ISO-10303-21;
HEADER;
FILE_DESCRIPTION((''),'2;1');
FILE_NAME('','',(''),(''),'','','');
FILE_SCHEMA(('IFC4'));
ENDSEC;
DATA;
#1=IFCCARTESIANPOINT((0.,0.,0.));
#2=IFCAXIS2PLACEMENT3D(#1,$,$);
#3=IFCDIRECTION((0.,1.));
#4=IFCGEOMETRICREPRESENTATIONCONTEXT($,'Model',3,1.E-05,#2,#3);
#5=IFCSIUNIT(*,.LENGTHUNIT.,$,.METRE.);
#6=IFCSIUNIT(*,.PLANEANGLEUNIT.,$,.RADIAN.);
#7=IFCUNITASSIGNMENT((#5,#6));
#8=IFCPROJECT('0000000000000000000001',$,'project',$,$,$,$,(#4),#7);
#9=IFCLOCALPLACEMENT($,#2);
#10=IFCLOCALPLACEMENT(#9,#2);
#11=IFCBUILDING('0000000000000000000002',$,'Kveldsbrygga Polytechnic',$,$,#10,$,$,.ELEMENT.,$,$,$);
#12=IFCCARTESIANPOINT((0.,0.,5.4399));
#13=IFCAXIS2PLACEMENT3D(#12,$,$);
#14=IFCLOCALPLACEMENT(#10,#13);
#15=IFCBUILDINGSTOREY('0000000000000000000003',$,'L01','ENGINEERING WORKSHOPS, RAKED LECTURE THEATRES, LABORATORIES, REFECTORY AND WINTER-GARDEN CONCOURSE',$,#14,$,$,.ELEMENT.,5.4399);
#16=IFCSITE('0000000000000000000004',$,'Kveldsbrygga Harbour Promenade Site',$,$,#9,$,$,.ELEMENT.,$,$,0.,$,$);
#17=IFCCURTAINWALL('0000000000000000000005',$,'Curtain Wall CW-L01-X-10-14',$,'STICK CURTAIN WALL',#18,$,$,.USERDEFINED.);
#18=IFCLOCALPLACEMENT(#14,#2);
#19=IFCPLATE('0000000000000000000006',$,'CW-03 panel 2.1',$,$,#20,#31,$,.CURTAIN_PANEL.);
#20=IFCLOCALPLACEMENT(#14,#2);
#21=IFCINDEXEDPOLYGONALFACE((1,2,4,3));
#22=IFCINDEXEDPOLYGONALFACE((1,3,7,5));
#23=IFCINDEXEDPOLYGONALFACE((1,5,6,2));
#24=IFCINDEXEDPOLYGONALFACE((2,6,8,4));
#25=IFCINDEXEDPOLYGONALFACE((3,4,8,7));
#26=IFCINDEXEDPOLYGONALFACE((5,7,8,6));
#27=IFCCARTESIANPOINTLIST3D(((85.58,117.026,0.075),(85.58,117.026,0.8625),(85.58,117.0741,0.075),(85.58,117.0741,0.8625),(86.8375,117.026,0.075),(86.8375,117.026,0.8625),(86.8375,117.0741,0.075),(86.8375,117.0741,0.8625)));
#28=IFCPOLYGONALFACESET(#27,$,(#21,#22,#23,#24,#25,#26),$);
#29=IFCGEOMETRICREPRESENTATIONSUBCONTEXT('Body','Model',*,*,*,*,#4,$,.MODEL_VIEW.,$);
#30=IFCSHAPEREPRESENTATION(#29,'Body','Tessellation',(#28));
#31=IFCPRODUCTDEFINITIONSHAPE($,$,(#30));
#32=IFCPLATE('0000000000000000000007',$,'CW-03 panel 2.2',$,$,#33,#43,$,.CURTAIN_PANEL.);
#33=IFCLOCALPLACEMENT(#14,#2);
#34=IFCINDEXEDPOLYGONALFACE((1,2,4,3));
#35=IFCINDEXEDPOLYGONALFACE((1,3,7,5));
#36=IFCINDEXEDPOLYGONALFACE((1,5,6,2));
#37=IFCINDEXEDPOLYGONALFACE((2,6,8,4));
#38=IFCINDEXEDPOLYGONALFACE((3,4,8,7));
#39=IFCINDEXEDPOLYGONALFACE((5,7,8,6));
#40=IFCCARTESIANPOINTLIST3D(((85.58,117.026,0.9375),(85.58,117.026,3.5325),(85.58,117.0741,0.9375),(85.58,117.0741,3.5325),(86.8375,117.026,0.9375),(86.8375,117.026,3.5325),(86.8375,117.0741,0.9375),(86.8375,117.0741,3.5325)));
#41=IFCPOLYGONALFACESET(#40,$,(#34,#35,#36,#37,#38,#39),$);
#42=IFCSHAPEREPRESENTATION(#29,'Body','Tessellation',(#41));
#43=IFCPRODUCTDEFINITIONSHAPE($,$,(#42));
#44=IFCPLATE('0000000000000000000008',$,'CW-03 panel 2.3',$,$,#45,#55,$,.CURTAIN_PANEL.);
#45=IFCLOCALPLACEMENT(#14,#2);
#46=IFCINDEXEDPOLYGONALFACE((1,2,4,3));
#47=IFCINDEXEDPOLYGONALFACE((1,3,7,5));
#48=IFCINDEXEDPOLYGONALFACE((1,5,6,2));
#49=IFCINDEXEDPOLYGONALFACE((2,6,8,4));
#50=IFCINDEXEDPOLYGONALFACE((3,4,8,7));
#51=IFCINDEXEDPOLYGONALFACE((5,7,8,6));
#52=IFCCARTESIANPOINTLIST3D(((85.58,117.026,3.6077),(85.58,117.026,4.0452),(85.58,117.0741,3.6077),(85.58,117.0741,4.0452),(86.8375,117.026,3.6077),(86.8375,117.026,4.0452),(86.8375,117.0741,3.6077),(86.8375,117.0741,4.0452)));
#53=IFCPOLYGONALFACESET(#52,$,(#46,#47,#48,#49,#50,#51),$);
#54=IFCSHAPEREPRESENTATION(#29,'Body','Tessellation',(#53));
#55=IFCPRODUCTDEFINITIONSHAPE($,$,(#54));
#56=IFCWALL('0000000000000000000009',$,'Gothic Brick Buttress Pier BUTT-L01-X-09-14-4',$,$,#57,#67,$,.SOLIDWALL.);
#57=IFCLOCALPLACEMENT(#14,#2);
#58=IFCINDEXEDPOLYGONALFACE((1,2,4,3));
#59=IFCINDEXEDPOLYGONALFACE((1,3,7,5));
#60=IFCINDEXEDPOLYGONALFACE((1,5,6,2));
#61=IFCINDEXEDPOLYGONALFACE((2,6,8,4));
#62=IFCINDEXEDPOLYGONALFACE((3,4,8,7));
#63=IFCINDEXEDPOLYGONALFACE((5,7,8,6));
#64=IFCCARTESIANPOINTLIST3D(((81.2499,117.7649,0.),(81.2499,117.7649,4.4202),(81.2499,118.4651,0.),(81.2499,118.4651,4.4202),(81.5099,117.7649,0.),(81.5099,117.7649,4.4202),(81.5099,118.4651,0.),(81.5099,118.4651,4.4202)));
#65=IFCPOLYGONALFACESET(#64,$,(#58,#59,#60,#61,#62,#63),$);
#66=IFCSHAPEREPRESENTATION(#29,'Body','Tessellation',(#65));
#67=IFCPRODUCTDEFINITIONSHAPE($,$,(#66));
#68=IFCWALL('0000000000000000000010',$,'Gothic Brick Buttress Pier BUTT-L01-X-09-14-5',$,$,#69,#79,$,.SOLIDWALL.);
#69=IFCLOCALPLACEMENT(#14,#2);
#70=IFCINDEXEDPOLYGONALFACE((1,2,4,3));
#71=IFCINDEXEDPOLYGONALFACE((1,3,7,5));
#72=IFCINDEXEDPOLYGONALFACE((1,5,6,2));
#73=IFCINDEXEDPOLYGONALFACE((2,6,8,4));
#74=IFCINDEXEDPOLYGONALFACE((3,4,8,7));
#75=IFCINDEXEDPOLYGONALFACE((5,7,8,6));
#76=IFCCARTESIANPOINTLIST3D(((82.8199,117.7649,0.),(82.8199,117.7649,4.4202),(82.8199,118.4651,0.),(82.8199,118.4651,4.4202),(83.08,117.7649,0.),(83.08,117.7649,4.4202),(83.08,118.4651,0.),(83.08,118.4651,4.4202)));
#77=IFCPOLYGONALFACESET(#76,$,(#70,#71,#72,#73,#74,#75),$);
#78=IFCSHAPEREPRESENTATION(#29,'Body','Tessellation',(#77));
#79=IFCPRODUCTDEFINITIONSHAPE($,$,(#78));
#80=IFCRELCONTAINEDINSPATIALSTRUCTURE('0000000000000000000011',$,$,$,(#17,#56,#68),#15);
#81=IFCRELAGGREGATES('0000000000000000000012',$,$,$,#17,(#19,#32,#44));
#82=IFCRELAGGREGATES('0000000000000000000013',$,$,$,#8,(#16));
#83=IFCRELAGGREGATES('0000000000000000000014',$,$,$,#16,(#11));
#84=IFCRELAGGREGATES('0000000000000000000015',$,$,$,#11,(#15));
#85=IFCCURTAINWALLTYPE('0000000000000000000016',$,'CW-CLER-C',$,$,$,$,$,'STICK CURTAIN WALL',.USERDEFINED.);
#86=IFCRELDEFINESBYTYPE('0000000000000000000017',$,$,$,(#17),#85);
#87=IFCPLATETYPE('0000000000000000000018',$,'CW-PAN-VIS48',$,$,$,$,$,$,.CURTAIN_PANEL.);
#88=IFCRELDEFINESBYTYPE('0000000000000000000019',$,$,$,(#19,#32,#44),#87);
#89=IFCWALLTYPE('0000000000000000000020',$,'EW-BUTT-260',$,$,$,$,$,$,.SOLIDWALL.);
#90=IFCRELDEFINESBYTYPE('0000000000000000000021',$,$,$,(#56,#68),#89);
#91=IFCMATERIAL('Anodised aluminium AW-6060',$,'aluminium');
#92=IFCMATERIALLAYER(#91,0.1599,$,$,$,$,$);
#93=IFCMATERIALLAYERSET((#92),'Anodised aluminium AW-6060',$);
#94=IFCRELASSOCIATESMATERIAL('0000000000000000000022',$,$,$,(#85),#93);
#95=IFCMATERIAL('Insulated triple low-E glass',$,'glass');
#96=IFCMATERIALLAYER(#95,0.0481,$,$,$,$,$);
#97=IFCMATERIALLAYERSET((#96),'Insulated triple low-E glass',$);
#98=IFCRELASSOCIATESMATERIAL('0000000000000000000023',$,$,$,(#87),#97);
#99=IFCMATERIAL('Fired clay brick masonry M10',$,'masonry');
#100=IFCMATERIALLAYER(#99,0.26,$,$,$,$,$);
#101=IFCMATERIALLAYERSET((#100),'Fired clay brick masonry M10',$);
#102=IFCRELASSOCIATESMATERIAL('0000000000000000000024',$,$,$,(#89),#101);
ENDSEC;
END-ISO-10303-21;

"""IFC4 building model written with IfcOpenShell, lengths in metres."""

from ifc_helpers import new_model, si_unit, direction, frame, frame_2d, origin, origin_2d, place, context, subcontext, project, spatial, rectangle, extrude, material, layer, layer_set, type_object, element, aggregate, save


model = new_model("IFC4")

# Units and contexts
model_context = context("Model", 3, precision=1e-05, world=origin(), true_north=direction((0.0, 1.0)))
body_context = subcontext(model_context, "Body", "Model", "MODEL_VIEW")
ifc_project = project(units=[si_unit("LENGTHUNIT", "METRE"), si_unit("PLANEANGLEUNIT", "RADIAN")], contexts=[model_context])

# Site, building, storey
site_placement = place(None, origin())
site = spatial("IfcSite", under=ifc_project, at=site_placement, Name="Kveldsbrygga Harbour Promenade Site", CompositionType="ELEMENT", RefElevation=0.0)
building_placement = place(site_placement, origin())
building = spatial("IfcBuilding", under=site, at=building_placement, Name="Kveldsbrygga Polytechnic", CompositionType="ELEMENT")
storey_placement = place(building_placement, frame((0.0, 0.0, 5.4399)))
storey = spatial("IfcBuildingStorey", under=building, at=storey_placement, Name="L01", Description="ENGINEERING WORKSHOPS, RAKED LECTURE THEATRES, LABORATORIES, REFECTORY AND WINTER-GARDEN CONCOURSE", CompositionType="ELEMENT", Elevation=5.4399)

# Curtain wall, plates
ifc_material_1 = material(Name="Anodised aluminium AW-6060", Category="aluminium")
ifc_layer_1 = layer(ifc_material_1, 0.1599)
ifc_layer_set_1 = layer_set([ifc_layer_1], Name="Anodised aluminium AW-6060")
curtain_wall_type = type_object("IfcCurtainWallType", Name="CW-CLER-C", ElementType="STICK CURTAIN WALL", PredefinedType="USERDEFINED", material=ifc_layer_set_1)
curtain_wall_placement = place(storey_placement, origin())
curtain_wall = element("IfcCurtainWall", 1, at=curtain_wall_placement, inside=storey, type_object=curtain_wall_type, Name="Curtain Wall CW-L01-X-10-14", ObjectType="STICK CURTAIN WALL", PredefinedType="USERDEFINED")
ifc_material_2 = material(Name="Insulated triple low-E glass", Category="glass")
ifc_layer_2 = layer(ifc_material_2, 0.0481)
ifc_layer_set_2 = layer_set([ifc_layer_2], Name="Insulated triple low-E glass")
plate_type = type_object("IfcPlateType", Name="CW-PAN-VIS48", PredefinedType="CURTAIN_PANEL", material=ifc_layer_set_2)
plate_1_placement = place(storey_placement, frame((86.2087, 117.05, 0.075), z_axis=(0.0, 0.0, 1.0), x_axis=(1.0, 0.0, 0.0)))
plate_1 = element("IfcPlate", 2, at=plate_1_placement, type_object=plate_type, Name="CW-03 panel 2.1", PredefinedType="CURTAIN_PANEL", context=body_context, shape_type="SweptSolid", body=[
    extrude(rectangle(XDim=1.2576, YDim=0.0481, at=origin_2d()), origin(), (0.0, 0.0, 1.0), 0.7876),
])
plate_2_placement = place(storey_placement, frame((86.2087, 117.05, 0.9375), z_axis=(0.0, 0.0, 1.0), x_axis=(1.0, 0.0, 0.0)))
plate_2 = element("IfcPlate", 3, at=plate_2_placement, type_object=plate_type, Name="CW-03 panel 2.2", PredefinedType="CURTAIN_PANEL", context=body_context, shape_type="SweptSolid", body=[
    extrude(rectangle(XDim=1.2576, YDim=0.0481, at=origin_2d()), origin(), (0.0, 0.0, 1.0), 2.595),
])
plate_3_placement = place(storey_placement, frame((86.2087, 117.05, 3.6077), z_axis=(0.0, 0.0, 1.0), x_axis=(1.0, 0.0, 0.0)))
plate_3 = element("IfcPlate", 4, at=plate_3_placement, type_object=plate_type, Name="CW-03 panel 2.3", PredefinedType="CURTAIN_PANEL", context=body_context, shape_type="SweptSolid", body=[
    extrude(rectangle(XDim=1.2576, YDim=0.0481, at=origin_2d()), origin(), (0.0, 0.0, 1.0), 0.4375),
])
aggregate(curtain_wall, [plate_1, plate_2, plate_3])

# Walls
ifc_material_3 = material(Name="Fired clay brick masonry M10", Category="masonry")
ifc_layer_3 = layer(ifc_material_3, 0.26)
ifc_layer_set_3 = layer_set([ifc_layer_3], Name="Fired clay brick masonry M10")
wall_type_1 = type_object("IfcWallType", Name="EW-BUTT-260", PredefinedType="SOLIDWALL", material=ifc_layer_set_3)
for number, where, z_axis, x_axis, name in (
    (5, (81.3799, 117.7649, 0.0), (0.0, 0.0, 1.0), (0.0, 1.0, 0.0), "Gothic Brick Buttress Pier BUTT-L01-X-09-14-4"),
    (6, (82.95, 117.7649, 0.0), (0.0, 0.0, 1.0), (0.0, 1.0, 0.0), "Gothic Brick Buttress Pier BUTT-L01-X-09-14-5"),
):
    element("IfcWall", number, at=place(storey_placement, frame(where, z_axis=z_axis, x_axis=x_axis)), inside=storey, type_object=wall_type_1, Name=name, PredefinedType="SOLIDWALL", context=body_context, shape_type="SweptSolid", body=[
        extrude(rectangle(XDim=0.7002, YDim=0.26, at=frame_2d((0.3501, 0.0))), origin(), (0.0, 0.0, 1.0), 4.4202),
    ])

save(model, "model.ifc")
